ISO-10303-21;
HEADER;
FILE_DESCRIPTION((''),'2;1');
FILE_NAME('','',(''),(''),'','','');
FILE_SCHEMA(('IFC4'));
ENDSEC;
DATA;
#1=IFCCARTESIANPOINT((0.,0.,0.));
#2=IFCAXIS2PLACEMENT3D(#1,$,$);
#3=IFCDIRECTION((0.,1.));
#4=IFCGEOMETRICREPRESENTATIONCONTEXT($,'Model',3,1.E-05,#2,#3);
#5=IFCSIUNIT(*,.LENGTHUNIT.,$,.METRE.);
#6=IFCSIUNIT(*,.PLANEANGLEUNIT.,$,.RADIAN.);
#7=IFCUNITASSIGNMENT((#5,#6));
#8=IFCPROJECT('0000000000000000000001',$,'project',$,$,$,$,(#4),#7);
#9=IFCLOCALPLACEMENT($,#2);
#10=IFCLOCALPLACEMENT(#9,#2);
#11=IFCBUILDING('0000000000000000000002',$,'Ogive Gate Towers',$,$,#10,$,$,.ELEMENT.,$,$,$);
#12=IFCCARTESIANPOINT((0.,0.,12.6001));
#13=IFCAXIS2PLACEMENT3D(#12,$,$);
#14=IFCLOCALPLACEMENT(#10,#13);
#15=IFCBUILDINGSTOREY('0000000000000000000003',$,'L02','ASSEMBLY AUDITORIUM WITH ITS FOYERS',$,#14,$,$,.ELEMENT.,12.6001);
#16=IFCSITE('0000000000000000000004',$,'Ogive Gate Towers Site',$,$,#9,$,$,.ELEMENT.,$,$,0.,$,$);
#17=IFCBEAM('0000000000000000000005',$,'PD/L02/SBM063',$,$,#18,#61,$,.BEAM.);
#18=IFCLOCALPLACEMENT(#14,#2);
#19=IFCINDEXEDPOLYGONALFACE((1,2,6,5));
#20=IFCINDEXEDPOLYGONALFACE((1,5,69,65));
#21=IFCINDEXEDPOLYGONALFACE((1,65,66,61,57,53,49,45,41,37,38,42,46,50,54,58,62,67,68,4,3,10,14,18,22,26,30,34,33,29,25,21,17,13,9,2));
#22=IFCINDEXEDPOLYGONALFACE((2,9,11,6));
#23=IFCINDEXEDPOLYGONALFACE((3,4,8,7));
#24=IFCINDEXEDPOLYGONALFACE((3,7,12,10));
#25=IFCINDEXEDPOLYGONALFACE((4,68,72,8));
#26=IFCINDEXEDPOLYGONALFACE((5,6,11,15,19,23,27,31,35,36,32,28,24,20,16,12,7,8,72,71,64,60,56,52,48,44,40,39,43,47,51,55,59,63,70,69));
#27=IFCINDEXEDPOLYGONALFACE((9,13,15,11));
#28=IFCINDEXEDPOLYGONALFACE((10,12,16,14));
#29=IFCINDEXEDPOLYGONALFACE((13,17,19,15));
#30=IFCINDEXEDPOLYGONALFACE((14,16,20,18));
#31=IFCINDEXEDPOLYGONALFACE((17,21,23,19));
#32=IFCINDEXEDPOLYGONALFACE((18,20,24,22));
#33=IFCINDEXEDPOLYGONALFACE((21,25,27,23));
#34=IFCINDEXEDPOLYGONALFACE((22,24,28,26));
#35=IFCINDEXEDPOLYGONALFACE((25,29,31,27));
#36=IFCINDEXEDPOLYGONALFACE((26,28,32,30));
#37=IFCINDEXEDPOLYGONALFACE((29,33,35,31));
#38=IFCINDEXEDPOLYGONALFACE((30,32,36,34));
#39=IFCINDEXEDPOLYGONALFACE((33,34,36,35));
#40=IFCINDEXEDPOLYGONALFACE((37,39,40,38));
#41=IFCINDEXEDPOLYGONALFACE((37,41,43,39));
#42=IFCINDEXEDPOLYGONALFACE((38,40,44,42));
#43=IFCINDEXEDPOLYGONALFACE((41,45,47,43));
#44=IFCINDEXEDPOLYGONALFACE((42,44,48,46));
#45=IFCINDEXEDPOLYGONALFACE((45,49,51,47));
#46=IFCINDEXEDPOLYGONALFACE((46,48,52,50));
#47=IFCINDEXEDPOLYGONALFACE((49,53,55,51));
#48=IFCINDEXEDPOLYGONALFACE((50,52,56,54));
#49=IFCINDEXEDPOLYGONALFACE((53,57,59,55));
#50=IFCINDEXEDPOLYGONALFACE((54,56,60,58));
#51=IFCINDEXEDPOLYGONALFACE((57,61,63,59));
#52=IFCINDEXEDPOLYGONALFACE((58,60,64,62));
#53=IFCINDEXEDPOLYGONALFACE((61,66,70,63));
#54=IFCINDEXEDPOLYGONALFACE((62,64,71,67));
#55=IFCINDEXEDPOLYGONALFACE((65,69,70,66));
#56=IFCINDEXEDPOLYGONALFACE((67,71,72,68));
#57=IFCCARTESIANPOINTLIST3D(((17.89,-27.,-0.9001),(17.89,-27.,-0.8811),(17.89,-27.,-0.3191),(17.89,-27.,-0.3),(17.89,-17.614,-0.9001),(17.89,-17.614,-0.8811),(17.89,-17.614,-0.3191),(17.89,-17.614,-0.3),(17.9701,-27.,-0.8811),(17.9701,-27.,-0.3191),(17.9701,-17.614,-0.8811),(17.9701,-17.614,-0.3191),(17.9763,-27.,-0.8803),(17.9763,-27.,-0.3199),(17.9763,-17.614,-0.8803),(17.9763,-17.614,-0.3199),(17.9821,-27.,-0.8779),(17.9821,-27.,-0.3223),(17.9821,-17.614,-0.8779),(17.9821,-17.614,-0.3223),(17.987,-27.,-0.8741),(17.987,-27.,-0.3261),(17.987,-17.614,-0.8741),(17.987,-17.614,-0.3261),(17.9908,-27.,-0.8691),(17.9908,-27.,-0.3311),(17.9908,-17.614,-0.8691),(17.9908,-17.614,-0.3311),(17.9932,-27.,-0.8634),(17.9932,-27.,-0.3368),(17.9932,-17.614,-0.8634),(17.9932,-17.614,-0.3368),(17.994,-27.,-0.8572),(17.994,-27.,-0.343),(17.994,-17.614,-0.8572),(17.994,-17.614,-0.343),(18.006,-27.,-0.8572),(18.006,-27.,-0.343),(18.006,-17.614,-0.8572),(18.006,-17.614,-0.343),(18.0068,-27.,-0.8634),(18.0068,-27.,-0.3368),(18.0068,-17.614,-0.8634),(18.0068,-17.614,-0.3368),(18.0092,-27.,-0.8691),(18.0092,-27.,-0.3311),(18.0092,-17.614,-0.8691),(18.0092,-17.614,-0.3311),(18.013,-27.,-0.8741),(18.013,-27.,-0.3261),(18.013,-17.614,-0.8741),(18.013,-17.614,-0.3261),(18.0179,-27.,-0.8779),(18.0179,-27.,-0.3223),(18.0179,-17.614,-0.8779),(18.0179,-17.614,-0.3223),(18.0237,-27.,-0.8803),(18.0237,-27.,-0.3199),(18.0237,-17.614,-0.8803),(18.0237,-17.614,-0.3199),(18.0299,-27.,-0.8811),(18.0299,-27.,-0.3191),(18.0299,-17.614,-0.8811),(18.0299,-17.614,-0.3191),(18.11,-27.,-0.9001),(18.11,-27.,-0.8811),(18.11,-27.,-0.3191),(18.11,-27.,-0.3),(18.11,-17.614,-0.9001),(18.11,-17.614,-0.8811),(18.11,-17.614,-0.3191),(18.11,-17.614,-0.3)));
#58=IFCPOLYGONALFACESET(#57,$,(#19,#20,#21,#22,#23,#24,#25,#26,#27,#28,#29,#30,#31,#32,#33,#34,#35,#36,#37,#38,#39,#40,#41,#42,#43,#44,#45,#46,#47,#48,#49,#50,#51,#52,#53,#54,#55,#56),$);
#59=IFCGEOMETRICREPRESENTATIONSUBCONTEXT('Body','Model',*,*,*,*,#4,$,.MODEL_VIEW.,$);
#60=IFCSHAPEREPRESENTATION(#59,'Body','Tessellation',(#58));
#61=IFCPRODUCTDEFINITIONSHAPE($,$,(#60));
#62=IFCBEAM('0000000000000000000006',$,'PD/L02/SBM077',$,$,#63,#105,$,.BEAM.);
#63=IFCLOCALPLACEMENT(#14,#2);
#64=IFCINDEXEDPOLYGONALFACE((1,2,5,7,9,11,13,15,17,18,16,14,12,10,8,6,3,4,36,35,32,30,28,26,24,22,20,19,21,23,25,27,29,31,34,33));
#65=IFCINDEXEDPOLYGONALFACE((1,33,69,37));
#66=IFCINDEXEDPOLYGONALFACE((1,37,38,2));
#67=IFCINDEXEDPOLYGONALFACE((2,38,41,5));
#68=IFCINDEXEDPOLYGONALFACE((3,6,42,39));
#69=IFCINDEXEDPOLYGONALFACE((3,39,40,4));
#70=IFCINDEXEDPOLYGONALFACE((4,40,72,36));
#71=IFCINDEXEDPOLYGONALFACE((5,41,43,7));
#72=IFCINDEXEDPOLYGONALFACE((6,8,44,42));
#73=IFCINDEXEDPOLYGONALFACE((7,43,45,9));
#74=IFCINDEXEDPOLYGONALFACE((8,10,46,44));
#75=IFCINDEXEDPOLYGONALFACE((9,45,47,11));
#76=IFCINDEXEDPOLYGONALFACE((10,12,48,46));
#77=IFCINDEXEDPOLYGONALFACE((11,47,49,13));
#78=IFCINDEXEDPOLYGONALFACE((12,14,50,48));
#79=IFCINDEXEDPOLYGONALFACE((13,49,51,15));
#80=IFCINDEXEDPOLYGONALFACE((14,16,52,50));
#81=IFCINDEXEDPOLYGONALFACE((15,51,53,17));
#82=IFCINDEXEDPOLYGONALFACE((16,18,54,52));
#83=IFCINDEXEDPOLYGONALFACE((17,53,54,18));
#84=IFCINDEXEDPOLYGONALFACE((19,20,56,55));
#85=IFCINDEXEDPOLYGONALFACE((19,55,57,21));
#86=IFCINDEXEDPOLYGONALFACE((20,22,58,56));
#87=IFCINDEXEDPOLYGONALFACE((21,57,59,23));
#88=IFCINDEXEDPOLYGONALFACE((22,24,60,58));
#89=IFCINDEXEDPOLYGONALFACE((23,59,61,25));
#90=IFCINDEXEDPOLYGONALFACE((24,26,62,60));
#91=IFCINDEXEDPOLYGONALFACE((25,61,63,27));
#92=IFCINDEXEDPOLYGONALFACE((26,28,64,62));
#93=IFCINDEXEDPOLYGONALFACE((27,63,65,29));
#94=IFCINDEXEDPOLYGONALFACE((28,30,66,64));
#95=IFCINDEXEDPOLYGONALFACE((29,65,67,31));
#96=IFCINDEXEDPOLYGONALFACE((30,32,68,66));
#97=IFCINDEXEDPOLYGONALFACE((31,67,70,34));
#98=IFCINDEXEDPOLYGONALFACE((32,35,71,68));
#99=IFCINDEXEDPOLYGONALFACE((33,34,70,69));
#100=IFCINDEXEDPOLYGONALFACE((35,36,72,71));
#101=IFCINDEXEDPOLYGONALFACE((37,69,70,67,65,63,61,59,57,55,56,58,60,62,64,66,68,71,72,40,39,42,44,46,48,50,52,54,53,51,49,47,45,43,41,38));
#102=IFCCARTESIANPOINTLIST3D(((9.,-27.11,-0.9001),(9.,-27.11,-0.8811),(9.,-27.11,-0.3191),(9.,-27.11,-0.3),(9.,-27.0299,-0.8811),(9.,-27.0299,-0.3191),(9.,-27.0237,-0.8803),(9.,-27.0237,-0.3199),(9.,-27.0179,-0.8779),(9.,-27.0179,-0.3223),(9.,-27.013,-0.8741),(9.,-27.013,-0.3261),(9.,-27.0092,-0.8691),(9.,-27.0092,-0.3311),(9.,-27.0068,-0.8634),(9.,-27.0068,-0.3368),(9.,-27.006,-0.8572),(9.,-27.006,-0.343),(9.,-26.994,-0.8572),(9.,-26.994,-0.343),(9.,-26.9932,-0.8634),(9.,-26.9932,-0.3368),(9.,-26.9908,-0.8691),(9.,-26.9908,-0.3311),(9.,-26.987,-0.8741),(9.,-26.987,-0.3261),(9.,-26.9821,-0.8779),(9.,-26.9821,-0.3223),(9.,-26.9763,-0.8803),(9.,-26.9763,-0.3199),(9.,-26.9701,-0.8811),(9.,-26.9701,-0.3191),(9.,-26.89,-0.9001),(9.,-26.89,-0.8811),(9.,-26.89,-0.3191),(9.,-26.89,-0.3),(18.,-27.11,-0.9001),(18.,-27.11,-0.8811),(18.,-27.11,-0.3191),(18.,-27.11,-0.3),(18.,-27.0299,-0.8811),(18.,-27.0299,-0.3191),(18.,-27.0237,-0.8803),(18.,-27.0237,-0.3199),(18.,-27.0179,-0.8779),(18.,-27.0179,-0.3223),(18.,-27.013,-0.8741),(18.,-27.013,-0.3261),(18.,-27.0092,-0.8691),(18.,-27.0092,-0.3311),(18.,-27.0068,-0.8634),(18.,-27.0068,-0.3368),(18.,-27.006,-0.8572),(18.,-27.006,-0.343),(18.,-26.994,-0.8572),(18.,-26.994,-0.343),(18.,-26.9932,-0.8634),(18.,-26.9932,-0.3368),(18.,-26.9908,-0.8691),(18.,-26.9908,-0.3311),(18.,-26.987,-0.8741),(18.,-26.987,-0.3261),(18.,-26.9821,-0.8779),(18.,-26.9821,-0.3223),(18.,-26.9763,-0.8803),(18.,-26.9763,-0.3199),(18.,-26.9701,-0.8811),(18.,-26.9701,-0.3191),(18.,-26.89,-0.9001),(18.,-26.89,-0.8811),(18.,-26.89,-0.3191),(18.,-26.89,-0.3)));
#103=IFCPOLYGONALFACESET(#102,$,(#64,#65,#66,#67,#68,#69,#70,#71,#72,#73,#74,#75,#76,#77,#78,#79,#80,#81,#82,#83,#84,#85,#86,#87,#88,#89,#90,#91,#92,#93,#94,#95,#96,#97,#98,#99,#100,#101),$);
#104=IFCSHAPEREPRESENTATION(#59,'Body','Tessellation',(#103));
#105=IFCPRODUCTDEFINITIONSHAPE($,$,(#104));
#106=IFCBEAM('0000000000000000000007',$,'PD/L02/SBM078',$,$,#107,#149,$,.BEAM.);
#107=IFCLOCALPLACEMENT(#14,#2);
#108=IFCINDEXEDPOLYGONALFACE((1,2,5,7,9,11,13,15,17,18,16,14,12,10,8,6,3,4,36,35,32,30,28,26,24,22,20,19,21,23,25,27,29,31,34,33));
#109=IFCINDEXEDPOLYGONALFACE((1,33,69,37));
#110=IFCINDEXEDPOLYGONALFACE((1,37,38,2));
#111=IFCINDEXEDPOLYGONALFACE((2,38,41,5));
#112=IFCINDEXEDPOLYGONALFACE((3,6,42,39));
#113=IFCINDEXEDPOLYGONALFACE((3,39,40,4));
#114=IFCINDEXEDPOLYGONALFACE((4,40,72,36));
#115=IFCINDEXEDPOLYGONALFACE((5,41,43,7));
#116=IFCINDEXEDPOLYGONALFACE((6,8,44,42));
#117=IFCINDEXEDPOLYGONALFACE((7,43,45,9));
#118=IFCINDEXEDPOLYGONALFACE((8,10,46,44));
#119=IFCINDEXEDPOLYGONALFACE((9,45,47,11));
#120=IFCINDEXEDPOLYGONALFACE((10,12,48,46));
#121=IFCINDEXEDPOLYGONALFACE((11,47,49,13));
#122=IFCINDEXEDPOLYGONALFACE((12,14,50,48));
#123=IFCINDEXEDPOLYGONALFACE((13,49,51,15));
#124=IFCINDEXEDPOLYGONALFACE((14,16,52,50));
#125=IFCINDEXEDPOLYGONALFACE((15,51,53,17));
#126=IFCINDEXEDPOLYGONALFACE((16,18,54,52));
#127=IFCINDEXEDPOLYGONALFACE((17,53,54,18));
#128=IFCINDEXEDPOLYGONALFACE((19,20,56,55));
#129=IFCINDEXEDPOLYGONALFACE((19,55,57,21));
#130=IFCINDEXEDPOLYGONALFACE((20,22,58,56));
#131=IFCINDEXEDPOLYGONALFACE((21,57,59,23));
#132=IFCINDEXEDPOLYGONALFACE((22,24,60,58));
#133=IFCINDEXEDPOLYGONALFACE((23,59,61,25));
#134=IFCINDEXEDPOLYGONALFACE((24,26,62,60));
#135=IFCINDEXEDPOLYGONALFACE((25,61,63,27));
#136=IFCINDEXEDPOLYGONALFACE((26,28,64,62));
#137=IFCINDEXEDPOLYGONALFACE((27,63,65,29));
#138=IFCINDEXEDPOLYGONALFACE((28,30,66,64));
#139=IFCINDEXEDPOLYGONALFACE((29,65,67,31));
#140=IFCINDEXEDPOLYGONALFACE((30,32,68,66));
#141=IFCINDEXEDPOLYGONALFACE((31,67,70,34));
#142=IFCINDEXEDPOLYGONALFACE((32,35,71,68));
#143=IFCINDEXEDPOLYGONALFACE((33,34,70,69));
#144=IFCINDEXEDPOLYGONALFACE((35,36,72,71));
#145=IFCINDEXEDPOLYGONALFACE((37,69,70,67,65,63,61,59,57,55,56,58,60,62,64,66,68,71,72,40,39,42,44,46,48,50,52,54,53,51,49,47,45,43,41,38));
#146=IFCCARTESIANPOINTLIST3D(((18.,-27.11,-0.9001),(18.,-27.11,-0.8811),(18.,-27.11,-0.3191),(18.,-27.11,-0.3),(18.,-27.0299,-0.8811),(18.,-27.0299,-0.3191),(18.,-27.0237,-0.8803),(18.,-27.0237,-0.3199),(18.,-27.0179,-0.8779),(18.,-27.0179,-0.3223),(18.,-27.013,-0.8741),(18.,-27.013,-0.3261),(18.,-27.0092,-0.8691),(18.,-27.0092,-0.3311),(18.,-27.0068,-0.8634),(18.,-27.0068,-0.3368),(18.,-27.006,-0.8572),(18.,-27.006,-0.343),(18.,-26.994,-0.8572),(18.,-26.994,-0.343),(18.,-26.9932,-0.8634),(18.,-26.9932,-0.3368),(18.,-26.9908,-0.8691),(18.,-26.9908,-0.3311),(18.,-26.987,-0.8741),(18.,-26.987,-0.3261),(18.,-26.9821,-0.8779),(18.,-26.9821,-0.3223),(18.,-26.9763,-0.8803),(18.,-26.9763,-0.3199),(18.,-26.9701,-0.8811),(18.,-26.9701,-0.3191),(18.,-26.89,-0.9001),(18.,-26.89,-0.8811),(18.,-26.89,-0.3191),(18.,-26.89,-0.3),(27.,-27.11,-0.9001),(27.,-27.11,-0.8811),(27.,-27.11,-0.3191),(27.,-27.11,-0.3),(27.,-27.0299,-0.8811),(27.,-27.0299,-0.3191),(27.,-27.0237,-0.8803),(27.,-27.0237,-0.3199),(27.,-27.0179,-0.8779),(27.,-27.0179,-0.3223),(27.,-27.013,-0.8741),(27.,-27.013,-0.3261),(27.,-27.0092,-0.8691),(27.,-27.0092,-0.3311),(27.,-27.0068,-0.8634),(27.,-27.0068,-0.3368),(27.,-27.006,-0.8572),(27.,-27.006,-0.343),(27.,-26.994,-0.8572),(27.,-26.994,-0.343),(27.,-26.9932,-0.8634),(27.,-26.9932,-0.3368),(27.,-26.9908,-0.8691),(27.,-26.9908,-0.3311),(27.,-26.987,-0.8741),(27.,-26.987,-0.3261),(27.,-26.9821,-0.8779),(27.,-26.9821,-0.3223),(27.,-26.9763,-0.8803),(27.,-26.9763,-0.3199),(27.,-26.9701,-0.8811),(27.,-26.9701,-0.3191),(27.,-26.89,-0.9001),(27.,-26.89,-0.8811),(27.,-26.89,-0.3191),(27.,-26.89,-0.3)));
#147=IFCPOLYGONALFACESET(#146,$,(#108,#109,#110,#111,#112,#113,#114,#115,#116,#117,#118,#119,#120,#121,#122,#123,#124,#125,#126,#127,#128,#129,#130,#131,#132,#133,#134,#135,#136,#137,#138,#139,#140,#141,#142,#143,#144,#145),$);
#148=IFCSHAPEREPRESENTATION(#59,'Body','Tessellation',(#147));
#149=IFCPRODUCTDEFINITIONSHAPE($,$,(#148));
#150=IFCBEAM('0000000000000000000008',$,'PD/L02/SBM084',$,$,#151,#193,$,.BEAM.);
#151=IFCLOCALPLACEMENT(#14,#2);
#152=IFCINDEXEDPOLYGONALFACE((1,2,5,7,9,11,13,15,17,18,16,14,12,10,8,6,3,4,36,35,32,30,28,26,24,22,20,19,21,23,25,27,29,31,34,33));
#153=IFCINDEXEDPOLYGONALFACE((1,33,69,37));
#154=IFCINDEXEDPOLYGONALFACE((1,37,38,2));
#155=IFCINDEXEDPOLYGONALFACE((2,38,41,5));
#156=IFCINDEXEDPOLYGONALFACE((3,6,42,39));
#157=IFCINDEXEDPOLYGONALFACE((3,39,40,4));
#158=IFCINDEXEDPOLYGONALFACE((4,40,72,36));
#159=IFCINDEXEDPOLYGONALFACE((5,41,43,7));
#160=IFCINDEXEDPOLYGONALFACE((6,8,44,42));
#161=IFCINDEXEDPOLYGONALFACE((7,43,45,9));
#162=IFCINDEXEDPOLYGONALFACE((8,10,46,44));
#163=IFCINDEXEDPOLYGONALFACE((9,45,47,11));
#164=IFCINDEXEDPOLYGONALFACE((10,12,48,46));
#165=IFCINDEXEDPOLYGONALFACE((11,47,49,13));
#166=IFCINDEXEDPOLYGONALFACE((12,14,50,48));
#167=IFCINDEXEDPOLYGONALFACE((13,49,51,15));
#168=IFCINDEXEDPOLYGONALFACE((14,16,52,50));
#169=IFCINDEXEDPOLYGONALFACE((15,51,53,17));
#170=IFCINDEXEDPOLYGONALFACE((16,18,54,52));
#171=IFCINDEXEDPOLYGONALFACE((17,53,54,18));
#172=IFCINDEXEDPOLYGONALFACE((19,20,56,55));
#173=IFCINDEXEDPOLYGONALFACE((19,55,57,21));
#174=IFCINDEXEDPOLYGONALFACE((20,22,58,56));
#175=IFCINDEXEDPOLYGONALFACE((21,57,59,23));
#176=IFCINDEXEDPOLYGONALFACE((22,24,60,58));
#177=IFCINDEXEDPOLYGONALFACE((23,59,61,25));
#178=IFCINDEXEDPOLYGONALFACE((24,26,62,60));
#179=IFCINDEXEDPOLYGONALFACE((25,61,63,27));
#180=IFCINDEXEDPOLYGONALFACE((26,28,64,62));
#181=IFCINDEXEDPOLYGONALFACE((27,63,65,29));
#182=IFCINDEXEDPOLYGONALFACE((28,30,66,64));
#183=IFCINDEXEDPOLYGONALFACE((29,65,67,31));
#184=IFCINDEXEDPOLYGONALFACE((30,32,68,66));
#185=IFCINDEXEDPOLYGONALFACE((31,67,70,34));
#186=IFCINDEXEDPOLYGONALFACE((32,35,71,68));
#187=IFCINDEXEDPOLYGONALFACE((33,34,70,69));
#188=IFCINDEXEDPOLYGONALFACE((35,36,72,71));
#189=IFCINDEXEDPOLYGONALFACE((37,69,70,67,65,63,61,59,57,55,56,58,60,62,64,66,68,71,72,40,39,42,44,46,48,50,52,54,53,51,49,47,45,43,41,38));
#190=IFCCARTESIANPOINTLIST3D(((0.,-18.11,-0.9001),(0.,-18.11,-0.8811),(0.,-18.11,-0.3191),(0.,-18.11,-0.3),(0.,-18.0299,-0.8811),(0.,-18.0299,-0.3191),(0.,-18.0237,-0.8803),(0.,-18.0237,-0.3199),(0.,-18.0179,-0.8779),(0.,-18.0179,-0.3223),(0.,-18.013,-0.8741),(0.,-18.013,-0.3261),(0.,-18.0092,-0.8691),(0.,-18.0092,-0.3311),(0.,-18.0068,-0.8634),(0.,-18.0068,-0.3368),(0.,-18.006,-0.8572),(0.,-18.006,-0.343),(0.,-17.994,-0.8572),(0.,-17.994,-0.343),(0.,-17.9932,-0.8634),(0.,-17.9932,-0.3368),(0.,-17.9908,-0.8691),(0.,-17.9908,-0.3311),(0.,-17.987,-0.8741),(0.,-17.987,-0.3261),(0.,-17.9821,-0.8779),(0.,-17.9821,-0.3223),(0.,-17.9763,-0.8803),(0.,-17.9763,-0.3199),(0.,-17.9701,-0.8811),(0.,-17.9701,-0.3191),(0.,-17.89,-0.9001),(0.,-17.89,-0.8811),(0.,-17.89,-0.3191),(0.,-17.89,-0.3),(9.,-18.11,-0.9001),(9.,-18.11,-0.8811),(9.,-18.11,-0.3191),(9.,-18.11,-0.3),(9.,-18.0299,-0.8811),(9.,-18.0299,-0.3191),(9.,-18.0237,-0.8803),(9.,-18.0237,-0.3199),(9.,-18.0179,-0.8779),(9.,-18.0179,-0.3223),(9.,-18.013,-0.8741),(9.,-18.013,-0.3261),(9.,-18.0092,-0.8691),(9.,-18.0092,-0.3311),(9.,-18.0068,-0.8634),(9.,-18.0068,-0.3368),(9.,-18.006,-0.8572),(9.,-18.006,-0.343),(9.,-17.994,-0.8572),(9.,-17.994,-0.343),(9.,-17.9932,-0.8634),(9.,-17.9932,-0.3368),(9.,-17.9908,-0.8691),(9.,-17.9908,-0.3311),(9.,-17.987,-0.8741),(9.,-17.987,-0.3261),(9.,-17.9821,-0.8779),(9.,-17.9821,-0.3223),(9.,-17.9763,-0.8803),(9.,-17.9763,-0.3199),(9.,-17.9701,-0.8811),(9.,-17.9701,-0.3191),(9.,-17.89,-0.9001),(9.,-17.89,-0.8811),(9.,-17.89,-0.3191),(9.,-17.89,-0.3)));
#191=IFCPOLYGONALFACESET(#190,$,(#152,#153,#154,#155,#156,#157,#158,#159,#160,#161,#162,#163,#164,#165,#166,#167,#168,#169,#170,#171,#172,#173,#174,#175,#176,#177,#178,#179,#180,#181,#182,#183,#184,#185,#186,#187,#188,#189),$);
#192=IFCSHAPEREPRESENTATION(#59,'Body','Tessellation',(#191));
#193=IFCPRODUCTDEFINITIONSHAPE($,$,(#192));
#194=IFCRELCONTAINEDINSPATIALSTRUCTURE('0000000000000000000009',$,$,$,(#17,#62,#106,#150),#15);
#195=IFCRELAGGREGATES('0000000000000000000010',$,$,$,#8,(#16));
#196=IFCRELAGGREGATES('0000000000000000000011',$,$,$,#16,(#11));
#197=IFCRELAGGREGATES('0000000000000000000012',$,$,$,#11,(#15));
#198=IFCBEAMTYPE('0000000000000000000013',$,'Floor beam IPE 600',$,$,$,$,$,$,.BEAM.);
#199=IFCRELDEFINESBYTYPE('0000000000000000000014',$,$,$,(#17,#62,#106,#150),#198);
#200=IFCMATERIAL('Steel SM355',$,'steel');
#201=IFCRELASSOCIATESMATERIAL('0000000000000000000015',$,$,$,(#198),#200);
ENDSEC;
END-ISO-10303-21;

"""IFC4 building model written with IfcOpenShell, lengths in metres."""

from ifc_helpers import new_model, si_unit, direction, frame, origin, origin_2d, place, context, subcontext, project, spatial, i_section, extrude, material, material_profile, profile_set, type_object, element, save


model = new_model("IFC4")

# Units and contexts
model_context = context("Model", 3, precision=1e-05, world=origin(), true_north=direction((0.0, 1.0)))
body_context = subcontext(model_context, "Body", "Model", "MODEL_VIEW")
ifc_project = project(units=[si_unit("LENGTHUNIT", "METRE"), si_unit("PLANEANGLEUNIT", "RADIAN")], contexts=[model_context])

# Site, building, storey
site_placement = place(None, origin())
site = spatial("IfcSite", under=ifc_project, at=site_placement, Name="Ogive Gate Towers Site", CompositionType="ELEMENT", RefElevation=0.0)
building_placement = place(site_placement, origin())
building = spatial("IfcBuilding", under=site, at=building_placement, Name="Ogive Gate Towers", CompositionType="ELEMENT")
storey_placement = place(building_placement, frame((0.0, 0.0, 12.6001)))
storey = spatial("IfcBuildingStorey", under=building, at=storey_placement, Name="L02", Description="ASSEMBLY AUDITORIUM WITH ITS FOYERS", CompositionType="ELEMENT", Elevation=12.6001)

# Beams
ifc_material_1 = material(Name="Steel SM355", Category="steel")
ifc_material_profile_1 = material_profile(ifc_material_1, i_section(OverallWidth=0.22, OverallDepth=0.6001, WebThickness=0.012, FlangeThickness=0.019, FilletRadius=0.0239, at=origin_2d()), Name="IPE 600")
ifc_profile_set_1 = profile_set([ifc_material_profile_1], Name="Steel SM355")
beam_type_1 = type_object("IfcBeamType", Name="Floor beam IPE 600", PredefinedType="BEAM", material=ifc_profile_set_1)
beam_1_placement = place(storey_placement, frame((18.0, -27.0, -0.6001), z_axis=(0.0, 1.0, 0.0), x_axis=(-1.0, 0.0, 0.0)))
element("IfcBeam", 1, at=beam_1_placement, inside=storey, type_object=beam_type_1, Name="PD/L02/SBM063", PredefinedType="BEAM", context=body_context, shape_type="SweptSolid", body=[
    extrude(i_section(OverallWidth=0.22, OverallDepth=0.6001, WebThickness=0.012, FlangeThickness=0.019, FilletRadius=0.0239, at=origin_2d()), origin(), (0.0, 0.0, 1.0), 9.386),
])
for number, where, z_axis, x_axis, name in (
    (2, (9.0, -27.0, -0.6001), (1.0, 0.0, 0.0), (0.0, 1.0, 0.0), "PD/L02/SBM077"),
    (3, (18.0, -27.0, -0.6001), (1.0, 0.0, 0.0), (0.0, 1.0, 0.0), "PD/L02/SBM078"),
    (4, (0.0, -18.0, -0.6001), (1.0, 0.0, 0.0), (0.0, 1.0, 0.0), "PD/L02/SBM084"),
):
    element("IfcBeam", number, at=place(storey_placement, frame(where, z_axis=z_axis, x_axis=x_axis)), inside=storey, type_object=beam_type_1, Name=name, PredefinedType="BEAM", context=body_context, shape_type="SweptSolid", body=[
        extrude(i_section(OverallWidth=0.22, OverallDepth=0.6001, WebThickness=0.012, FlangeThickness=0.019, FilletRadius=0.0239, at=origin_2d()), origin(), (0.0, 0.0, 1.0), 9.0),
    ])

save(model, "model.ifc")
